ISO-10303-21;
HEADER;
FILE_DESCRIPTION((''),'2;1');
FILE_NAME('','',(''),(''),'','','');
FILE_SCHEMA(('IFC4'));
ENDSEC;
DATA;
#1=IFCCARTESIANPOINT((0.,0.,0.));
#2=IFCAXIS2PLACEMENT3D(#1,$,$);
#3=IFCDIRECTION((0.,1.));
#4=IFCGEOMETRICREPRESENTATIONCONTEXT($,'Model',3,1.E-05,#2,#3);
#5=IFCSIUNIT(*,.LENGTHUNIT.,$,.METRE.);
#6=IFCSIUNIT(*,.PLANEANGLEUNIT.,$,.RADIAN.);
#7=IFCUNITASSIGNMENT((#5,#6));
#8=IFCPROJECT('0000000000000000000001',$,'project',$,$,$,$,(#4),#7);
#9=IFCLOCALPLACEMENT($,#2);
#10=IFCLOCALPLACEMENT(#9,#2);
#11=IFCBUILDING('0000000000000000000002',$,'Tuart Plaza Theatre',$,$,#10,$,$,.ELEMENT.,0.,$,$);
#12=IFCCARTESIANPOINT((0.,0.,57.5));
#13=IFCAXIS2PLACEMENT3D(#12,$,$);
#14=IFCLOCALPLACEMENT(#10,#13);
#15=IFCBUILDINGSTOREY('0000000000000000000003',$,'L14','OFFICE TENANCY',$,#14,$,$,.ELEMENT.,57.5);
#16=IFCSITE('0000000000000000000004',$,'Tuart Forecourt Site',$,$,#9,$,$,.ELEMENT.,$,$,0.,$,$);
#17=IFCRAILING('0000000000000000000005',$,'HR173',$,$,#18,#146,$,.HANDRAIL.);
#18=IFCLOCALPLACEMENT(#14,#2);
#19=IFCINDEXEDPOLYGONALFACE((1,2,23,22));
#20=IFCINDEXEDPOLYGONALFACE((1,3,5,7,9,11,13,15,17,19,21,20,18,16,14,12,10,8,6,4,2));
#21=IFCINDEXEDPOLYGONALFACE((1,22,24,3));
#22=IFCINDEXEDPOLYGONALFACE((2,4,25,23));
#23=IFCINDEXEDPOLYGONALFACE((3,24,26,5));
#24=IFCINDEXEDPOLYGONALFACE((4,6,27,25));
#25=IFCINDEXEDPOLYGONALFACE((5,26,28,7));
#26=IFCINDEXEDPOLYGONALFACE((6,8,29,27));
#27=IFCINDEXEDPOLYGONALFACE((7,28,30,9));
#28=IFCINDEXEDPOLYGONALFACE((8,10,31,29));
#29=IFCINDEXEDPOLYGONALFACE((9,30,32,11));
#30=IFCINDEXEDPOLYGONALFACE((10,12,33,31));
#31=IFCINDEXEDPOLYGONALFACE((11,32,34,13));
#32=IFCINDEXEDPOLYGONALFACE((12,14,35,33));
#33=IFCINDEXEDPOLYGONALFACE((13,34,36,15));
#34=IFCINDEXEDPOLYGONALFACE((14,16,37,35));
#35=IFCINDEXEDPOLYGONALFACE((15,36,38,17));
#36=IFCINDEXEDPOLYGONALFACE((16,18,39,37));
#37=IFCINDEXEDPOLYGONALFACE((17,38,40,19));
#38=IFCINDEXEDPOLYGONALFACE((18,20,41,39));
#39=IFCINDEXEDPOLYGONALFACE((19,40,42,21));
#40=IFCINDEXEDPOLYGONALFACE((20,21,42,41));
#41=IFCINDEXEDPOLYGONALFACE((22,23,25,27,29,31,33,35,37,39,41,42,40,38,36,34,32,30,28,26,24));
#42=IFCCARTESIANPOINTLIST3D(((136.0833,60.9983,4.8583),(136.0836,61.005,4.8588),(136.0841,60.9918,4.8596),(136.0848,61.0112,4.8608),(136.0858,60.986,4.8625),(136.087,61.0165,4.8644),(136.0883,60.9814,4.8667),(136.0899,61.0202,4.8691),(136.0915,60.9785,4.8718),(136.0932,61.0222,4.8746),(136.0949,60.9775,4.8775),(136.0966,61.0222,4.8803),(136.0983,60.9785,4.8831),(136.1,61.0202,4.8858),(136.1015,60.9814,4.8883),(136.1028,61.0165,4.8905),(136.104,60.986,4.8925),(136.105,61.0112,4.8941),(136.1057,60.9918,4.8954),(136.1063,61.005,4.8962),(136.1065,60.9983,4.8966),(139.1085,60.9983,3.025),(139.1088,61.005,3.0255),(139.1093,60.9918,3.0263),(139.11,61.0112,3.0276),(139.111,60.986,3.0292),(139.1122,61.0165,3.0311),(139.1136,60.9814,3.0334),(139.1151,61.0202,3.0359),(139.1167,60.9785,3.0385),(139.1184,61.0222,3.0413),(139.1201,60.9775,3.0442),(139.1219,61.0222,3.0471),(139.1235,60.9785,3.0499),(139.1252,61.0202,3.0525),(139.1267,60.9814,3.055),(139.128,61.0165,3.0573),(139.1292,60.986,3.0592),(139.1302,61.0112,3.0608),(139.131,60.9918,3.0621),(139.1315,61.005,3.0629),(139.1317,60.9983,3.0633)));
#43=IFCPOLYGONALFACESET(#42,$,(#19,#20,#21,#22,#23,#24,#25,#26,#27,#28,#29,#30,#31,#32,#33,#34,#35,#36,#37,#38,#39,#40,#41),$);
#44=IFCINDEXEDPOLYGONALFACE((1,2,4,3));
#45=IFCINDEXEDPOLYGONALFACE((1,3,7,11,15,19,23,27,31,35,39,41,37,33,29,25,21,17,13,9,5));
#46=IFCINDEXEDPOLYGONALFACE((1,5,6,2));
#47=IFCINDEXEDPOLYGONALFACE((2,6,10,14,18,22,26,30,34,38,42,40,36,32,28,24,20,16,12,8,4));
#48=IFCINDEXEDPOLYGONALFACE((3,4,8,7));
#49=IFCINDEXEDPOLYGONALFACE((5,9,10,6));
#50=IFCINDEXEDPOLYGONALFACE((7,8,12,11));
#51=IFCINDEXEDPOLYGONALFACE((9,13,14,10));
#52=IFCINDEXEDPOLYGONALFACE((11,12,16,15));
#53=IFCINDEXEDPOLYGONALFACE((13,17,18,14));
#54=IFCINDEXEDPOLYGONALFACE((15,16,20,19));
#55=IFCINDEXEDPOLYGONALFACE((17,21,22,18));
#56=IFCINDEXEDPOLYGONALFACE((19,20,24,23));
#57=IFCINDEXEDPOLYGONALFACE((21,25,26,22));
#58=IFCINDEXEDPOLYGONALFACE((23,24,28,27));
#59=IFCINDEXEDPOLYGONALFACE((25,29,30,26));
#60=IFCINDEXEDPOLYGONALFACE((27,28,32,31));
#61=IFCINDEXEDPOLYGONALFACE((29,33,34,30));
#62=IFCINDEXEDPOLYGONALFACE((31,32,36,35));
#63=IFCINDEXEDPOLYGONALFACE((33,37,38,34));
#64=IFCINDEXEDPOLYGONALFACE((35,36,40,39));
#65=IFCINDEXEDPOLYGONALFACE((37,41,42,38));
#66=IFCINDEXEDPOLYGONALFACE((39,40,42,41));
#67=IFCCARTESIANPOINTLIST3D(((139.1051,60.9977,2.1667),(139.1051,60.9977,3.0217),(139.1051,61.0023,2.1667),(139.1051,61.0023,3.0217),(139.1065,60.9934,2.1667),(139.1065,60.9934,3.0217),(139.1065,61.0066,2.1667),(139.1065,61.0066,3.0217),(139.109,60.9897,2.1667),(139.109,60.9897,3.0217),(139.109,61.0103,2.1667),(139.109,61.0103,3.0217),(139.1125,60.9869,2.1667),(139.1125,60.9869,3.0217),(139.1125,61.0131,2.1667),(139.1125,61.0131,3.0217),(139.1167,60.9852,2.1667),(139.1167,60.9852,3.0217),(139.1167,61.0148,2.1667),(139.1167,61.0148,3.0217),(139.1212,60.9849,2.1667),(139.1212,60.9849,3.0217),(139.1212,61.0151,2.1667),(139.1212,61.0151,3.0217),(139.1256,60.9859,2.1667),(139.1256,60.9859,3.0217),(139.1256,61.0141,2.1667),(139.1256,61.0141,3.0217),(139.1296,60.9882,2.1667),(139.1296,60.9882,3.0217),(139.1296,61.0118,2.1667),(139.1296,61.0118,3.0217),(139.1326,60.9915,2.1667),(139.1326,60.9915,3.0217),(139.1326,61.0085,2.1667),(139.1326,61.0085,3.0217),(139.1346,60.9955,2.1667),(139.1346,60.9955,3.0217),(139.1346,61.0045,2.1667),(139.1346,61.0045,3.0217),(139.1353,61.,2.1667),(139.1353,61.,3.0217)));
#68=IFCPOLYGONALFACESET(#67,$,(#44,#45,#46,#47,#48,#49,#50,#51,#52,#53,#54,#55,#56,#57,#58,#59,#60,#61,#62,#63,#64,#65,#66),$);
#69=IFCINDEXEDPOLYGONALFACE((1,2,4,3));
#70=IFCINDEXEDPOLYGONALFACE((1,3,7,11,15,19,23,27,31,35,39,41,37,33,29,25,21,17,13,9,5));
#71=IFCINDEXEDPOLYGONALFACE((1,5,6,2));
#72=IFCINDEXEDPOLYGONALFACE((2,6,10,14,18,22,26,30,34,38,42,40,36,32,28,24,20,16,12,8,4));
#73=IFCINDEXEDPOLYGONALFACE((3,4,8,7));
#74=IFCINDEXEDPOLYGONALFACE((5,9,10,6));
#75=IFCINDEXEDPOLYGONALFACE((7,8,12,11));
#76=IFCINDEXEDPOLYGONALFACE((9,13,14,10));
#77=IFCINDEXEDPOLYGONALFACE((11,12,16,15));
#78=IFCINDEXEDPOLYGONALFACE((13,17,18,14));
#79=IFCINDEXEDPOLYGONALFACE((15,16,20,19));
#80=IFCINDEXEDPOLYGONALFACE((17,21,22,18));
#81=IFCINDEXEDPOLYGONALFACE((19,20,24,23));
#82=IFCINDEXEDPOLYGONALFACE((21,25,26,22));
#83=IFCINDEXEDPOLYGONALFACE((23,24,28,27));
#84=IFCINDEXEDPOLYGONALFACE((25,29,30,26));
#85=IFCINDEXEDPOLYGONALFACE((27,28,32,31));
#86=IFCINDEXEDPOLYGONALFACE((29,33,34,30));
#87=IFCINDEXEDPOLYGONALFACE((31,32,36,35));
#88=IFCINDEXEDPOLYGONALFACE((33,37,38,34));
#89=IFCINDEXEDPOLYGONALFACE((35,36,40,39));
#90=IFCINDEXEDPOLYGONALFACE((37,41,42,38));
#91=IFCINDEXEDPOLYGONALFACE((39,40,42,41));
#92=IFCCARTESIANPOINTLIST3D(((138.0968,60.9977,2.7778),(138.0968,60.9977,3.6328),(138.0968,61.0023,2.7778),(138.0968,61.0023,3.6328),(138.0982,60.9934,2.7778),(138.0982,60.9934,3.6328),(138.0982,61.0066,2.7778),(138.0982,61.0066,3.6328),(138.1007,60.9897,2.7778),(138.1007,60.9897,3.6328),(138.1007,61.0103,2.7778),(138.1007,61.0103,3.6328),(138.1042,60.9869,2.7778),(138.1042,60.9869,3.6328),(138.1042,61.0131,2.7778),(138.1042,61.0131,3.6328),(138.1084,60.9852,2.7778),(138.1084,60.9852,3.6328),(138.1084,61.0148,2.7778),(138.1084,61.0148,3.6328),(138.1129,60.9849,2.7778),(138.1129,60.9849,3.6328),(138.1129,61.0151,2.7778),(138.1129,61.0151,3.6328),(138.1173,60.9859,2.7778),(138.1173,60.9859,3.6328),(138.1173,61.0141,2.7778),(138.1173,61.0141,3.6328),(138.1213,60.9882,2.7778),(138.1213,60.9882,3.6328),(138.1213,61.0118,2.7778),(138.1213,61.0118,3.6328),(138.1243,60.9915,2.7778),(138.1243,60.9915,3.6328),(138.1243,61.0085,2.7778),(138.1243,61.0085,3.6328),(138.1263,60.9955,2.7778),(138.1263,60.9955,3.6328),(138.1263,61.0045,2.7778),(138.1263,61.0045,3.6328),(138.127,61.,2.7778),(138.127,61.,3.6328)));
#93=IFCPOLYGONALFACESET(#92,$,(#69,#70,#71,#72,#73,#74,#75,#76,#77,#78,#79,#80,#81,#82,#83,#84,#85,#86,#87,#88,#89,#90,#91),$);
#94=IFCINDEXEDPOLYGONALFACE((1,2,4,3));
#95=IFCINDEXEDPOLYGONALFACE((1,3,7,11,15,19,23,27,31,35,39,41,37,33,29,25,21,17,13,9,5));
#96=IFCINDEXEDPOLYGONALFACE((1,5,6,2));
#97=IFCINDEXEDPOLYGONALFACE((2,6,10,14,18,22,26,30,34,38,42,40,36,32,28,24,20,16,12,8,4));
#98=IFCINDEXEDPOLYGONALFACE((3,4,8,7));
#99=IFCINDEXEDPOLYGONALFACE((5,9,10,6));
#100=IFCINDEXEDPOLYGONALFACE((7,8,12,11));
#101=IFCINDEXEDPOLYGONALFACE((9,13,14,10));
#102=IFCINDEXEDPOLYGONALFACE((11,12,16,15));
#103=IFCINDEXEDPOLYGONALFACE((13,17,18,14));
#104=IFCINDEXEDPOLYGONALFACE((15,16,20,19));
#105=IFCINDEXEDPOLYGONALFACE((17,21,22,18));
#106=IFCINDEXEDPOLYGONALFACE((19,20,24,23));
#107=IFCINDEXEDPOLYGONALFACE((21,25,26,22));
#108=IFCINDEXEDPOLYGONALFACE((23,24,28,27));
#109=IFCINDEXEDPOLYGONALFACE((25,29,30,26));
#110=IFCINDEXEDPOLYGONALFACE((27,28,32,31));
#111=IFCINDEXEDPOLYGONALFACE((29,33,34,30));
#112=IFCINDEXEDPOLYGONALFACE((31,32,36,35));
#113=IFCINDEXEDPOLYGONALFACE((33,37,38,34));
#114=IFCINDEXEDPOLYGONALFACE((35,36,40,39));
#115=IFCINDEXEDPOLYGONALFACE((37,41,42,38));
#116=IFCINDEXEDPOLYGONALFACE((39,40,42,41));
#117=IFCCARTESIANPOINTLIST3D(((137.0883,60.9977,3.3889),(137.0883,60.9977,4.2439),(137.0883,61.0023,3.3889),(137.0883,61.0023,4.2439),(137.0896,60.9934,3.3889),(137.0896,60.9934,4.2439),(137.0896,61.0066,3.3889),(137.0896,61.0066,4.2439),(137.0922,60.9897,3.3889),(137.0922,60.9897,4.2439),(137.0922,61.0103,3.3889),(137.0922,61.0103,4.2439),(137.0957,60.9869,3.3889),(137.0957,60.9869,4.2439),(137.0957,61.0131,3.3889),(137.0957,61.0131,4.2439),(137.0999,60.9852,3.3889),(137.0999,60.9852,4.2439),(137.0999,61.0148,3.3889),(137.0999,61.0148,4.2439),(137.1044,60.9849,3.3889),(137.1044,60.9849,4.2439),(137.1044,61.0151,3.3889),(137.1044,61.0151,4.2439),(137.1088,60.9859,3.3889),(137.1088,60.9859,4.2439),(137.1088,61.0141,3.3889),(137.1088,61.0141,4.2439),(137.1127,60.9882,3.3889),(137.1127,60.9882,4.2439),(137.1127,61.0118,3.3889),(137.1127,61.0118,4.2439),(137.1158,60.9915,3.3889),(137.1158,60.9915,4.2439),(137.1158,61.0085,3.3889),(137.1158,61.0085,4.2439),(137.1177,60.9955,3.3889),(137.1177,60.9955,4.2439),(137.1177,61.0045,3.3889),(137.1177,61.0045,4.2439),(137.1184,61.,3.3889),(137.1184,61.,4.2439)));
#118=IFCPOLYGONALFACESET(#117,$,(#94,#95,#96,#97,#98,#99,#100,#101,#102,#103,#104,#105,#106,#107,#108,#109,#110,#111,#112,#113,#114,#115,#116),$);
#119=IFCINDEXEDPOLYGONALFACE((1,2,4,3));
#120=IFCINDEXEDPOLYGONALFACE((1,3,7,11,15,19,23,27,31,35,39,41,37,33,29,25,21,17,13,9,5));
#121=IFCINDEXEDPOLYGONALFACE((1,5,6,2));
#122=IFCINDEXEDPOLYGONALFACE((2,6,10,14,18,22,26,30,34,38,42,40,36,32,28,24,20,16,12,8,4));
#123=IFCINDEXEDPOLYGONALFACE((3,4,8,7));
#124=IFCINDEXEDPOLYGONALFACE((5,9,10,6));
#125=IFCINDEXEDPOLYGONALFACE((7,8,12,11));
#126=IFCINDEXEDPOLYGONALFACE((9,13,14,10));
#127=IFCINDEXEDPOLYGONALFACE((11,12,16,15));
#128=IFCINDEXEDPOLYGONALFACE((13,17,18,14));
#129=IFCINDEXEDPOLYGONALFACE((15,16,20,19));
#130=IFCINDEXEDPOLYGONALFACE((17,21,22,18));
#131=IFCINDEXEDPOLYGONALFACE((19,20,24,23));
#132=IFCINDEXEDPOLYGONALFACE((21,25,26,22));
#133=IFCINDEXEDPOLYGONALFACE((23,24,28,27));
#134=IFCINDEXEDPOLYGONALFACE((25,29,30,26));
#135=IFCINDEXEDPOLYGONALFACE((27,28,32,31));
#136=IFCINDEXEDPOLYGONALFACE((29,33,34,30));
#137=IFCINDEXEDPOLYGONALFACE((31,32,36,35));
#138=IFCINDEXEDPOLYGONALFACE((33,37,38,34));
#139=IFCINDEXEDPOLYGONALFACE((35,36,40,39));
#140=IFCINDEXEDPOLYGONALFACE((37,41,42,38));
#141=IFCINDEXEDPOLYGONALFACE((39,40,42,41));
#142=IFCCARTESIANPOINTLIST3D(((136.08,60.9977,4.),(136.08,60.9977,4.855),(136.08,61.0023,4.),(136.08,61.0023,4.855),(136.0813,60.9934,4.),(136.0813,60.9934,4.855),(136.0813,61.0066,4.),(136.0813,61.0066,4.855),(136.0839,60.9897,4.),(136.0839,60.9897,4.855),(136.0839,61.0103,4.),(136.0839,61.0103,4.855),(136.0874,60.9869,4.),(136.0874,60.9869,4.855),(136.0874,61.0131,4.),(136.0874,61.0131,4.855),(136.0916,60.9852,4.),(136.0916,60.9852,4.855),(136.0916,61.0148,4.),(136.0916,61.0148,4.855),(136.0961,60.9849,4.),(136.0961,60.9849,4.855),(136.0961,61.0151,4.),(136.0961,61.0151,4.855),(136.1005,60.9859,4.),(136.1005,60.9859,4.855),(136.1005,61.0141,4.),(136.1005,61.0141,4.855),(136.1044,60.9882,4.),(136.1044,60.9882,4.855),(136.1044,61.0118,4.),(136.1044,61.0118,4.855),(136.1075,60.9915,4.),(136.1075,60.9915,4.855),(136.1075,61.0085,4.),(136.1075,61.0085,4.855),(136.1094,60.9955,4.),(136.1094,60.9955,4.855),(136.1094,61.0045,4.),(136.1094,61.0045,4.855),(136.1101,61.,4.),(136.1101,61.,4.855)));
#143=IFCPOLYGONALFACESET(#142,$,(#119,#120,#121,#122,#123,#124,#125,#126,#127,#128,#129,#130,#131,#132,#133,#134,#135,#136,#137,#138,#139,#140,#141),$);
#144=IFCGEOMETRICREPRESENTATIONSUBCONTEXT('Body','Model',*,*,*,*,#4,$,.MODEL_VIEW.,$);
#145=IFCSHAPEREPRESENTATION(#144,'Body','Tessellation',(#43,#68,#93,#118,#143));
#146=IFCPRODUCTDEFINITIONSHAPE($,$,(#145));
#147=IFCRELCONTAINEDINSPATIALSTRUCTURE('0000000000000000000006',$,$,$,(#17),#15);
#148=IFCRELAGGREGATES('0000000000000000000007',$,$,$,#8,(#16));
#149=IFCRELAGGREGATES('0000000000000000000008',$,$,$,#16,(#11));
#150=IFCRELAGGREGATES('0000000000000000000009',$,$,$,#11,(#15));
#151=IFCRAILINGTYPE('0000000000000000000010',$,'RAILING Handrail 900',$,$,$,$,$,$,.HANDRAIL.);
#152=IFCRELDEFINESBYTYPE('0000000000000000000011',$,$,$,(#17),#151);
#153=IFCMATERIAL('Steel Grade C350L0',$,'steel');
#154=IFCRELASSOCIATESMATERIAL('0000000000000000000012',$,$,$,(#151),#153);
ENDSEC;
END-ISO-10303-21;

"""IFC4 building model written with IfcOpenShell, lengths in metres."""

from ifc_helpers import new_model, si_unit, direction, frame, origin, origin_2d, place, context, subcontext, project, spatial, circle, extrude, material, type_object, element, save


model = new_model("IFC4")

# Units and contexts
model_context = context("Model", 3, precision=1e-05, world=origin(), true_north=direction((0.0, 1.0)))
body_context = subcontext(model_context, "Body", "Model", "MODEL_VIEW")
ifc_project = project(units=[si_unit("LENGTHUNIT", "METRE"), si_unit("PLANEANGLEUNIT", "RADIAN")], contexts=[model_context])

# Site, building, storey
site_placement = place(None, origin())
site = spatial("IfcSite", under=ifc_project, at=site_placement, Name="Tuart Forecourt Site", CompositionType="ELEMENT", RefElevation=0.0)
building_placement = place(site_placement, origin())
building = spatial("IfcBuilding", under=site, at=building_placement, Name="Tuart Plaza Theatre", CompositionType="ELEMENT", ElevationOfRefHeight=0.0)
storey_placement = place(building_placement, frame((0.0, 0.0, 57.5)))
storey = spatial("IfcBuildingStorey", under=building, at=storey_placement, Name="L14", Description="OFFICE TENANCY", CompositionType="ELEMENT", Elevation=57.5)

# Railing
ifc_material_1 = material(Name="Steel Grade C350L0", Category="steel")
railing_type_1 = type_object("IfcRailingType", Name="RAILING Handrail 900", PredefinedType="HANDRAIL", material=ifc_material_1)
for number, where, name in (
    (1, (139.1201, 61.0, 2.1667), "HR173"),
):
    element("IfcRailing", number, at=place(storey_placement, frame(where)), inside=storey, type_object=railing_type_1, Name=name, PredefinedType="HANDRAIL", context=body_context, shape_type="SweptSolid", body=[
        extrude(circle(Radius=0.0225, at=origin_2d()), frame((0.0, 0.0, 0.8774), z_axis=(-0.855219, 0.0, 0.518267), x_axis=(0.0, -1.0, 0.0)), (0.0, 0.0, 1.0), 3.5374),
        extrude(circle(Radius=0.0151, at=origin_2d()), origin(), (0.0, 0.0, 1.0), 0.855),
        extrude(circle(Radius=0.0151, at=origin_2d()), frame((-1.0083, 0.0, 0.6111)), (0.0, 0.0, 1.0), 0.855),
        extrude(circle(Radius=0.0151, at=origin_2d()), frame((-2.0168, 0.0, 1.2222)), (0.0, 0.0, 1.0), 0.855),
        extrude(circle(Radius=0.0151, at=origin_2d()), frame((-3.0251, 0.0, 1.8333)), (0.0, 0.0, 1.0), 0.855),
    ])

save(model, "model.ifc")
